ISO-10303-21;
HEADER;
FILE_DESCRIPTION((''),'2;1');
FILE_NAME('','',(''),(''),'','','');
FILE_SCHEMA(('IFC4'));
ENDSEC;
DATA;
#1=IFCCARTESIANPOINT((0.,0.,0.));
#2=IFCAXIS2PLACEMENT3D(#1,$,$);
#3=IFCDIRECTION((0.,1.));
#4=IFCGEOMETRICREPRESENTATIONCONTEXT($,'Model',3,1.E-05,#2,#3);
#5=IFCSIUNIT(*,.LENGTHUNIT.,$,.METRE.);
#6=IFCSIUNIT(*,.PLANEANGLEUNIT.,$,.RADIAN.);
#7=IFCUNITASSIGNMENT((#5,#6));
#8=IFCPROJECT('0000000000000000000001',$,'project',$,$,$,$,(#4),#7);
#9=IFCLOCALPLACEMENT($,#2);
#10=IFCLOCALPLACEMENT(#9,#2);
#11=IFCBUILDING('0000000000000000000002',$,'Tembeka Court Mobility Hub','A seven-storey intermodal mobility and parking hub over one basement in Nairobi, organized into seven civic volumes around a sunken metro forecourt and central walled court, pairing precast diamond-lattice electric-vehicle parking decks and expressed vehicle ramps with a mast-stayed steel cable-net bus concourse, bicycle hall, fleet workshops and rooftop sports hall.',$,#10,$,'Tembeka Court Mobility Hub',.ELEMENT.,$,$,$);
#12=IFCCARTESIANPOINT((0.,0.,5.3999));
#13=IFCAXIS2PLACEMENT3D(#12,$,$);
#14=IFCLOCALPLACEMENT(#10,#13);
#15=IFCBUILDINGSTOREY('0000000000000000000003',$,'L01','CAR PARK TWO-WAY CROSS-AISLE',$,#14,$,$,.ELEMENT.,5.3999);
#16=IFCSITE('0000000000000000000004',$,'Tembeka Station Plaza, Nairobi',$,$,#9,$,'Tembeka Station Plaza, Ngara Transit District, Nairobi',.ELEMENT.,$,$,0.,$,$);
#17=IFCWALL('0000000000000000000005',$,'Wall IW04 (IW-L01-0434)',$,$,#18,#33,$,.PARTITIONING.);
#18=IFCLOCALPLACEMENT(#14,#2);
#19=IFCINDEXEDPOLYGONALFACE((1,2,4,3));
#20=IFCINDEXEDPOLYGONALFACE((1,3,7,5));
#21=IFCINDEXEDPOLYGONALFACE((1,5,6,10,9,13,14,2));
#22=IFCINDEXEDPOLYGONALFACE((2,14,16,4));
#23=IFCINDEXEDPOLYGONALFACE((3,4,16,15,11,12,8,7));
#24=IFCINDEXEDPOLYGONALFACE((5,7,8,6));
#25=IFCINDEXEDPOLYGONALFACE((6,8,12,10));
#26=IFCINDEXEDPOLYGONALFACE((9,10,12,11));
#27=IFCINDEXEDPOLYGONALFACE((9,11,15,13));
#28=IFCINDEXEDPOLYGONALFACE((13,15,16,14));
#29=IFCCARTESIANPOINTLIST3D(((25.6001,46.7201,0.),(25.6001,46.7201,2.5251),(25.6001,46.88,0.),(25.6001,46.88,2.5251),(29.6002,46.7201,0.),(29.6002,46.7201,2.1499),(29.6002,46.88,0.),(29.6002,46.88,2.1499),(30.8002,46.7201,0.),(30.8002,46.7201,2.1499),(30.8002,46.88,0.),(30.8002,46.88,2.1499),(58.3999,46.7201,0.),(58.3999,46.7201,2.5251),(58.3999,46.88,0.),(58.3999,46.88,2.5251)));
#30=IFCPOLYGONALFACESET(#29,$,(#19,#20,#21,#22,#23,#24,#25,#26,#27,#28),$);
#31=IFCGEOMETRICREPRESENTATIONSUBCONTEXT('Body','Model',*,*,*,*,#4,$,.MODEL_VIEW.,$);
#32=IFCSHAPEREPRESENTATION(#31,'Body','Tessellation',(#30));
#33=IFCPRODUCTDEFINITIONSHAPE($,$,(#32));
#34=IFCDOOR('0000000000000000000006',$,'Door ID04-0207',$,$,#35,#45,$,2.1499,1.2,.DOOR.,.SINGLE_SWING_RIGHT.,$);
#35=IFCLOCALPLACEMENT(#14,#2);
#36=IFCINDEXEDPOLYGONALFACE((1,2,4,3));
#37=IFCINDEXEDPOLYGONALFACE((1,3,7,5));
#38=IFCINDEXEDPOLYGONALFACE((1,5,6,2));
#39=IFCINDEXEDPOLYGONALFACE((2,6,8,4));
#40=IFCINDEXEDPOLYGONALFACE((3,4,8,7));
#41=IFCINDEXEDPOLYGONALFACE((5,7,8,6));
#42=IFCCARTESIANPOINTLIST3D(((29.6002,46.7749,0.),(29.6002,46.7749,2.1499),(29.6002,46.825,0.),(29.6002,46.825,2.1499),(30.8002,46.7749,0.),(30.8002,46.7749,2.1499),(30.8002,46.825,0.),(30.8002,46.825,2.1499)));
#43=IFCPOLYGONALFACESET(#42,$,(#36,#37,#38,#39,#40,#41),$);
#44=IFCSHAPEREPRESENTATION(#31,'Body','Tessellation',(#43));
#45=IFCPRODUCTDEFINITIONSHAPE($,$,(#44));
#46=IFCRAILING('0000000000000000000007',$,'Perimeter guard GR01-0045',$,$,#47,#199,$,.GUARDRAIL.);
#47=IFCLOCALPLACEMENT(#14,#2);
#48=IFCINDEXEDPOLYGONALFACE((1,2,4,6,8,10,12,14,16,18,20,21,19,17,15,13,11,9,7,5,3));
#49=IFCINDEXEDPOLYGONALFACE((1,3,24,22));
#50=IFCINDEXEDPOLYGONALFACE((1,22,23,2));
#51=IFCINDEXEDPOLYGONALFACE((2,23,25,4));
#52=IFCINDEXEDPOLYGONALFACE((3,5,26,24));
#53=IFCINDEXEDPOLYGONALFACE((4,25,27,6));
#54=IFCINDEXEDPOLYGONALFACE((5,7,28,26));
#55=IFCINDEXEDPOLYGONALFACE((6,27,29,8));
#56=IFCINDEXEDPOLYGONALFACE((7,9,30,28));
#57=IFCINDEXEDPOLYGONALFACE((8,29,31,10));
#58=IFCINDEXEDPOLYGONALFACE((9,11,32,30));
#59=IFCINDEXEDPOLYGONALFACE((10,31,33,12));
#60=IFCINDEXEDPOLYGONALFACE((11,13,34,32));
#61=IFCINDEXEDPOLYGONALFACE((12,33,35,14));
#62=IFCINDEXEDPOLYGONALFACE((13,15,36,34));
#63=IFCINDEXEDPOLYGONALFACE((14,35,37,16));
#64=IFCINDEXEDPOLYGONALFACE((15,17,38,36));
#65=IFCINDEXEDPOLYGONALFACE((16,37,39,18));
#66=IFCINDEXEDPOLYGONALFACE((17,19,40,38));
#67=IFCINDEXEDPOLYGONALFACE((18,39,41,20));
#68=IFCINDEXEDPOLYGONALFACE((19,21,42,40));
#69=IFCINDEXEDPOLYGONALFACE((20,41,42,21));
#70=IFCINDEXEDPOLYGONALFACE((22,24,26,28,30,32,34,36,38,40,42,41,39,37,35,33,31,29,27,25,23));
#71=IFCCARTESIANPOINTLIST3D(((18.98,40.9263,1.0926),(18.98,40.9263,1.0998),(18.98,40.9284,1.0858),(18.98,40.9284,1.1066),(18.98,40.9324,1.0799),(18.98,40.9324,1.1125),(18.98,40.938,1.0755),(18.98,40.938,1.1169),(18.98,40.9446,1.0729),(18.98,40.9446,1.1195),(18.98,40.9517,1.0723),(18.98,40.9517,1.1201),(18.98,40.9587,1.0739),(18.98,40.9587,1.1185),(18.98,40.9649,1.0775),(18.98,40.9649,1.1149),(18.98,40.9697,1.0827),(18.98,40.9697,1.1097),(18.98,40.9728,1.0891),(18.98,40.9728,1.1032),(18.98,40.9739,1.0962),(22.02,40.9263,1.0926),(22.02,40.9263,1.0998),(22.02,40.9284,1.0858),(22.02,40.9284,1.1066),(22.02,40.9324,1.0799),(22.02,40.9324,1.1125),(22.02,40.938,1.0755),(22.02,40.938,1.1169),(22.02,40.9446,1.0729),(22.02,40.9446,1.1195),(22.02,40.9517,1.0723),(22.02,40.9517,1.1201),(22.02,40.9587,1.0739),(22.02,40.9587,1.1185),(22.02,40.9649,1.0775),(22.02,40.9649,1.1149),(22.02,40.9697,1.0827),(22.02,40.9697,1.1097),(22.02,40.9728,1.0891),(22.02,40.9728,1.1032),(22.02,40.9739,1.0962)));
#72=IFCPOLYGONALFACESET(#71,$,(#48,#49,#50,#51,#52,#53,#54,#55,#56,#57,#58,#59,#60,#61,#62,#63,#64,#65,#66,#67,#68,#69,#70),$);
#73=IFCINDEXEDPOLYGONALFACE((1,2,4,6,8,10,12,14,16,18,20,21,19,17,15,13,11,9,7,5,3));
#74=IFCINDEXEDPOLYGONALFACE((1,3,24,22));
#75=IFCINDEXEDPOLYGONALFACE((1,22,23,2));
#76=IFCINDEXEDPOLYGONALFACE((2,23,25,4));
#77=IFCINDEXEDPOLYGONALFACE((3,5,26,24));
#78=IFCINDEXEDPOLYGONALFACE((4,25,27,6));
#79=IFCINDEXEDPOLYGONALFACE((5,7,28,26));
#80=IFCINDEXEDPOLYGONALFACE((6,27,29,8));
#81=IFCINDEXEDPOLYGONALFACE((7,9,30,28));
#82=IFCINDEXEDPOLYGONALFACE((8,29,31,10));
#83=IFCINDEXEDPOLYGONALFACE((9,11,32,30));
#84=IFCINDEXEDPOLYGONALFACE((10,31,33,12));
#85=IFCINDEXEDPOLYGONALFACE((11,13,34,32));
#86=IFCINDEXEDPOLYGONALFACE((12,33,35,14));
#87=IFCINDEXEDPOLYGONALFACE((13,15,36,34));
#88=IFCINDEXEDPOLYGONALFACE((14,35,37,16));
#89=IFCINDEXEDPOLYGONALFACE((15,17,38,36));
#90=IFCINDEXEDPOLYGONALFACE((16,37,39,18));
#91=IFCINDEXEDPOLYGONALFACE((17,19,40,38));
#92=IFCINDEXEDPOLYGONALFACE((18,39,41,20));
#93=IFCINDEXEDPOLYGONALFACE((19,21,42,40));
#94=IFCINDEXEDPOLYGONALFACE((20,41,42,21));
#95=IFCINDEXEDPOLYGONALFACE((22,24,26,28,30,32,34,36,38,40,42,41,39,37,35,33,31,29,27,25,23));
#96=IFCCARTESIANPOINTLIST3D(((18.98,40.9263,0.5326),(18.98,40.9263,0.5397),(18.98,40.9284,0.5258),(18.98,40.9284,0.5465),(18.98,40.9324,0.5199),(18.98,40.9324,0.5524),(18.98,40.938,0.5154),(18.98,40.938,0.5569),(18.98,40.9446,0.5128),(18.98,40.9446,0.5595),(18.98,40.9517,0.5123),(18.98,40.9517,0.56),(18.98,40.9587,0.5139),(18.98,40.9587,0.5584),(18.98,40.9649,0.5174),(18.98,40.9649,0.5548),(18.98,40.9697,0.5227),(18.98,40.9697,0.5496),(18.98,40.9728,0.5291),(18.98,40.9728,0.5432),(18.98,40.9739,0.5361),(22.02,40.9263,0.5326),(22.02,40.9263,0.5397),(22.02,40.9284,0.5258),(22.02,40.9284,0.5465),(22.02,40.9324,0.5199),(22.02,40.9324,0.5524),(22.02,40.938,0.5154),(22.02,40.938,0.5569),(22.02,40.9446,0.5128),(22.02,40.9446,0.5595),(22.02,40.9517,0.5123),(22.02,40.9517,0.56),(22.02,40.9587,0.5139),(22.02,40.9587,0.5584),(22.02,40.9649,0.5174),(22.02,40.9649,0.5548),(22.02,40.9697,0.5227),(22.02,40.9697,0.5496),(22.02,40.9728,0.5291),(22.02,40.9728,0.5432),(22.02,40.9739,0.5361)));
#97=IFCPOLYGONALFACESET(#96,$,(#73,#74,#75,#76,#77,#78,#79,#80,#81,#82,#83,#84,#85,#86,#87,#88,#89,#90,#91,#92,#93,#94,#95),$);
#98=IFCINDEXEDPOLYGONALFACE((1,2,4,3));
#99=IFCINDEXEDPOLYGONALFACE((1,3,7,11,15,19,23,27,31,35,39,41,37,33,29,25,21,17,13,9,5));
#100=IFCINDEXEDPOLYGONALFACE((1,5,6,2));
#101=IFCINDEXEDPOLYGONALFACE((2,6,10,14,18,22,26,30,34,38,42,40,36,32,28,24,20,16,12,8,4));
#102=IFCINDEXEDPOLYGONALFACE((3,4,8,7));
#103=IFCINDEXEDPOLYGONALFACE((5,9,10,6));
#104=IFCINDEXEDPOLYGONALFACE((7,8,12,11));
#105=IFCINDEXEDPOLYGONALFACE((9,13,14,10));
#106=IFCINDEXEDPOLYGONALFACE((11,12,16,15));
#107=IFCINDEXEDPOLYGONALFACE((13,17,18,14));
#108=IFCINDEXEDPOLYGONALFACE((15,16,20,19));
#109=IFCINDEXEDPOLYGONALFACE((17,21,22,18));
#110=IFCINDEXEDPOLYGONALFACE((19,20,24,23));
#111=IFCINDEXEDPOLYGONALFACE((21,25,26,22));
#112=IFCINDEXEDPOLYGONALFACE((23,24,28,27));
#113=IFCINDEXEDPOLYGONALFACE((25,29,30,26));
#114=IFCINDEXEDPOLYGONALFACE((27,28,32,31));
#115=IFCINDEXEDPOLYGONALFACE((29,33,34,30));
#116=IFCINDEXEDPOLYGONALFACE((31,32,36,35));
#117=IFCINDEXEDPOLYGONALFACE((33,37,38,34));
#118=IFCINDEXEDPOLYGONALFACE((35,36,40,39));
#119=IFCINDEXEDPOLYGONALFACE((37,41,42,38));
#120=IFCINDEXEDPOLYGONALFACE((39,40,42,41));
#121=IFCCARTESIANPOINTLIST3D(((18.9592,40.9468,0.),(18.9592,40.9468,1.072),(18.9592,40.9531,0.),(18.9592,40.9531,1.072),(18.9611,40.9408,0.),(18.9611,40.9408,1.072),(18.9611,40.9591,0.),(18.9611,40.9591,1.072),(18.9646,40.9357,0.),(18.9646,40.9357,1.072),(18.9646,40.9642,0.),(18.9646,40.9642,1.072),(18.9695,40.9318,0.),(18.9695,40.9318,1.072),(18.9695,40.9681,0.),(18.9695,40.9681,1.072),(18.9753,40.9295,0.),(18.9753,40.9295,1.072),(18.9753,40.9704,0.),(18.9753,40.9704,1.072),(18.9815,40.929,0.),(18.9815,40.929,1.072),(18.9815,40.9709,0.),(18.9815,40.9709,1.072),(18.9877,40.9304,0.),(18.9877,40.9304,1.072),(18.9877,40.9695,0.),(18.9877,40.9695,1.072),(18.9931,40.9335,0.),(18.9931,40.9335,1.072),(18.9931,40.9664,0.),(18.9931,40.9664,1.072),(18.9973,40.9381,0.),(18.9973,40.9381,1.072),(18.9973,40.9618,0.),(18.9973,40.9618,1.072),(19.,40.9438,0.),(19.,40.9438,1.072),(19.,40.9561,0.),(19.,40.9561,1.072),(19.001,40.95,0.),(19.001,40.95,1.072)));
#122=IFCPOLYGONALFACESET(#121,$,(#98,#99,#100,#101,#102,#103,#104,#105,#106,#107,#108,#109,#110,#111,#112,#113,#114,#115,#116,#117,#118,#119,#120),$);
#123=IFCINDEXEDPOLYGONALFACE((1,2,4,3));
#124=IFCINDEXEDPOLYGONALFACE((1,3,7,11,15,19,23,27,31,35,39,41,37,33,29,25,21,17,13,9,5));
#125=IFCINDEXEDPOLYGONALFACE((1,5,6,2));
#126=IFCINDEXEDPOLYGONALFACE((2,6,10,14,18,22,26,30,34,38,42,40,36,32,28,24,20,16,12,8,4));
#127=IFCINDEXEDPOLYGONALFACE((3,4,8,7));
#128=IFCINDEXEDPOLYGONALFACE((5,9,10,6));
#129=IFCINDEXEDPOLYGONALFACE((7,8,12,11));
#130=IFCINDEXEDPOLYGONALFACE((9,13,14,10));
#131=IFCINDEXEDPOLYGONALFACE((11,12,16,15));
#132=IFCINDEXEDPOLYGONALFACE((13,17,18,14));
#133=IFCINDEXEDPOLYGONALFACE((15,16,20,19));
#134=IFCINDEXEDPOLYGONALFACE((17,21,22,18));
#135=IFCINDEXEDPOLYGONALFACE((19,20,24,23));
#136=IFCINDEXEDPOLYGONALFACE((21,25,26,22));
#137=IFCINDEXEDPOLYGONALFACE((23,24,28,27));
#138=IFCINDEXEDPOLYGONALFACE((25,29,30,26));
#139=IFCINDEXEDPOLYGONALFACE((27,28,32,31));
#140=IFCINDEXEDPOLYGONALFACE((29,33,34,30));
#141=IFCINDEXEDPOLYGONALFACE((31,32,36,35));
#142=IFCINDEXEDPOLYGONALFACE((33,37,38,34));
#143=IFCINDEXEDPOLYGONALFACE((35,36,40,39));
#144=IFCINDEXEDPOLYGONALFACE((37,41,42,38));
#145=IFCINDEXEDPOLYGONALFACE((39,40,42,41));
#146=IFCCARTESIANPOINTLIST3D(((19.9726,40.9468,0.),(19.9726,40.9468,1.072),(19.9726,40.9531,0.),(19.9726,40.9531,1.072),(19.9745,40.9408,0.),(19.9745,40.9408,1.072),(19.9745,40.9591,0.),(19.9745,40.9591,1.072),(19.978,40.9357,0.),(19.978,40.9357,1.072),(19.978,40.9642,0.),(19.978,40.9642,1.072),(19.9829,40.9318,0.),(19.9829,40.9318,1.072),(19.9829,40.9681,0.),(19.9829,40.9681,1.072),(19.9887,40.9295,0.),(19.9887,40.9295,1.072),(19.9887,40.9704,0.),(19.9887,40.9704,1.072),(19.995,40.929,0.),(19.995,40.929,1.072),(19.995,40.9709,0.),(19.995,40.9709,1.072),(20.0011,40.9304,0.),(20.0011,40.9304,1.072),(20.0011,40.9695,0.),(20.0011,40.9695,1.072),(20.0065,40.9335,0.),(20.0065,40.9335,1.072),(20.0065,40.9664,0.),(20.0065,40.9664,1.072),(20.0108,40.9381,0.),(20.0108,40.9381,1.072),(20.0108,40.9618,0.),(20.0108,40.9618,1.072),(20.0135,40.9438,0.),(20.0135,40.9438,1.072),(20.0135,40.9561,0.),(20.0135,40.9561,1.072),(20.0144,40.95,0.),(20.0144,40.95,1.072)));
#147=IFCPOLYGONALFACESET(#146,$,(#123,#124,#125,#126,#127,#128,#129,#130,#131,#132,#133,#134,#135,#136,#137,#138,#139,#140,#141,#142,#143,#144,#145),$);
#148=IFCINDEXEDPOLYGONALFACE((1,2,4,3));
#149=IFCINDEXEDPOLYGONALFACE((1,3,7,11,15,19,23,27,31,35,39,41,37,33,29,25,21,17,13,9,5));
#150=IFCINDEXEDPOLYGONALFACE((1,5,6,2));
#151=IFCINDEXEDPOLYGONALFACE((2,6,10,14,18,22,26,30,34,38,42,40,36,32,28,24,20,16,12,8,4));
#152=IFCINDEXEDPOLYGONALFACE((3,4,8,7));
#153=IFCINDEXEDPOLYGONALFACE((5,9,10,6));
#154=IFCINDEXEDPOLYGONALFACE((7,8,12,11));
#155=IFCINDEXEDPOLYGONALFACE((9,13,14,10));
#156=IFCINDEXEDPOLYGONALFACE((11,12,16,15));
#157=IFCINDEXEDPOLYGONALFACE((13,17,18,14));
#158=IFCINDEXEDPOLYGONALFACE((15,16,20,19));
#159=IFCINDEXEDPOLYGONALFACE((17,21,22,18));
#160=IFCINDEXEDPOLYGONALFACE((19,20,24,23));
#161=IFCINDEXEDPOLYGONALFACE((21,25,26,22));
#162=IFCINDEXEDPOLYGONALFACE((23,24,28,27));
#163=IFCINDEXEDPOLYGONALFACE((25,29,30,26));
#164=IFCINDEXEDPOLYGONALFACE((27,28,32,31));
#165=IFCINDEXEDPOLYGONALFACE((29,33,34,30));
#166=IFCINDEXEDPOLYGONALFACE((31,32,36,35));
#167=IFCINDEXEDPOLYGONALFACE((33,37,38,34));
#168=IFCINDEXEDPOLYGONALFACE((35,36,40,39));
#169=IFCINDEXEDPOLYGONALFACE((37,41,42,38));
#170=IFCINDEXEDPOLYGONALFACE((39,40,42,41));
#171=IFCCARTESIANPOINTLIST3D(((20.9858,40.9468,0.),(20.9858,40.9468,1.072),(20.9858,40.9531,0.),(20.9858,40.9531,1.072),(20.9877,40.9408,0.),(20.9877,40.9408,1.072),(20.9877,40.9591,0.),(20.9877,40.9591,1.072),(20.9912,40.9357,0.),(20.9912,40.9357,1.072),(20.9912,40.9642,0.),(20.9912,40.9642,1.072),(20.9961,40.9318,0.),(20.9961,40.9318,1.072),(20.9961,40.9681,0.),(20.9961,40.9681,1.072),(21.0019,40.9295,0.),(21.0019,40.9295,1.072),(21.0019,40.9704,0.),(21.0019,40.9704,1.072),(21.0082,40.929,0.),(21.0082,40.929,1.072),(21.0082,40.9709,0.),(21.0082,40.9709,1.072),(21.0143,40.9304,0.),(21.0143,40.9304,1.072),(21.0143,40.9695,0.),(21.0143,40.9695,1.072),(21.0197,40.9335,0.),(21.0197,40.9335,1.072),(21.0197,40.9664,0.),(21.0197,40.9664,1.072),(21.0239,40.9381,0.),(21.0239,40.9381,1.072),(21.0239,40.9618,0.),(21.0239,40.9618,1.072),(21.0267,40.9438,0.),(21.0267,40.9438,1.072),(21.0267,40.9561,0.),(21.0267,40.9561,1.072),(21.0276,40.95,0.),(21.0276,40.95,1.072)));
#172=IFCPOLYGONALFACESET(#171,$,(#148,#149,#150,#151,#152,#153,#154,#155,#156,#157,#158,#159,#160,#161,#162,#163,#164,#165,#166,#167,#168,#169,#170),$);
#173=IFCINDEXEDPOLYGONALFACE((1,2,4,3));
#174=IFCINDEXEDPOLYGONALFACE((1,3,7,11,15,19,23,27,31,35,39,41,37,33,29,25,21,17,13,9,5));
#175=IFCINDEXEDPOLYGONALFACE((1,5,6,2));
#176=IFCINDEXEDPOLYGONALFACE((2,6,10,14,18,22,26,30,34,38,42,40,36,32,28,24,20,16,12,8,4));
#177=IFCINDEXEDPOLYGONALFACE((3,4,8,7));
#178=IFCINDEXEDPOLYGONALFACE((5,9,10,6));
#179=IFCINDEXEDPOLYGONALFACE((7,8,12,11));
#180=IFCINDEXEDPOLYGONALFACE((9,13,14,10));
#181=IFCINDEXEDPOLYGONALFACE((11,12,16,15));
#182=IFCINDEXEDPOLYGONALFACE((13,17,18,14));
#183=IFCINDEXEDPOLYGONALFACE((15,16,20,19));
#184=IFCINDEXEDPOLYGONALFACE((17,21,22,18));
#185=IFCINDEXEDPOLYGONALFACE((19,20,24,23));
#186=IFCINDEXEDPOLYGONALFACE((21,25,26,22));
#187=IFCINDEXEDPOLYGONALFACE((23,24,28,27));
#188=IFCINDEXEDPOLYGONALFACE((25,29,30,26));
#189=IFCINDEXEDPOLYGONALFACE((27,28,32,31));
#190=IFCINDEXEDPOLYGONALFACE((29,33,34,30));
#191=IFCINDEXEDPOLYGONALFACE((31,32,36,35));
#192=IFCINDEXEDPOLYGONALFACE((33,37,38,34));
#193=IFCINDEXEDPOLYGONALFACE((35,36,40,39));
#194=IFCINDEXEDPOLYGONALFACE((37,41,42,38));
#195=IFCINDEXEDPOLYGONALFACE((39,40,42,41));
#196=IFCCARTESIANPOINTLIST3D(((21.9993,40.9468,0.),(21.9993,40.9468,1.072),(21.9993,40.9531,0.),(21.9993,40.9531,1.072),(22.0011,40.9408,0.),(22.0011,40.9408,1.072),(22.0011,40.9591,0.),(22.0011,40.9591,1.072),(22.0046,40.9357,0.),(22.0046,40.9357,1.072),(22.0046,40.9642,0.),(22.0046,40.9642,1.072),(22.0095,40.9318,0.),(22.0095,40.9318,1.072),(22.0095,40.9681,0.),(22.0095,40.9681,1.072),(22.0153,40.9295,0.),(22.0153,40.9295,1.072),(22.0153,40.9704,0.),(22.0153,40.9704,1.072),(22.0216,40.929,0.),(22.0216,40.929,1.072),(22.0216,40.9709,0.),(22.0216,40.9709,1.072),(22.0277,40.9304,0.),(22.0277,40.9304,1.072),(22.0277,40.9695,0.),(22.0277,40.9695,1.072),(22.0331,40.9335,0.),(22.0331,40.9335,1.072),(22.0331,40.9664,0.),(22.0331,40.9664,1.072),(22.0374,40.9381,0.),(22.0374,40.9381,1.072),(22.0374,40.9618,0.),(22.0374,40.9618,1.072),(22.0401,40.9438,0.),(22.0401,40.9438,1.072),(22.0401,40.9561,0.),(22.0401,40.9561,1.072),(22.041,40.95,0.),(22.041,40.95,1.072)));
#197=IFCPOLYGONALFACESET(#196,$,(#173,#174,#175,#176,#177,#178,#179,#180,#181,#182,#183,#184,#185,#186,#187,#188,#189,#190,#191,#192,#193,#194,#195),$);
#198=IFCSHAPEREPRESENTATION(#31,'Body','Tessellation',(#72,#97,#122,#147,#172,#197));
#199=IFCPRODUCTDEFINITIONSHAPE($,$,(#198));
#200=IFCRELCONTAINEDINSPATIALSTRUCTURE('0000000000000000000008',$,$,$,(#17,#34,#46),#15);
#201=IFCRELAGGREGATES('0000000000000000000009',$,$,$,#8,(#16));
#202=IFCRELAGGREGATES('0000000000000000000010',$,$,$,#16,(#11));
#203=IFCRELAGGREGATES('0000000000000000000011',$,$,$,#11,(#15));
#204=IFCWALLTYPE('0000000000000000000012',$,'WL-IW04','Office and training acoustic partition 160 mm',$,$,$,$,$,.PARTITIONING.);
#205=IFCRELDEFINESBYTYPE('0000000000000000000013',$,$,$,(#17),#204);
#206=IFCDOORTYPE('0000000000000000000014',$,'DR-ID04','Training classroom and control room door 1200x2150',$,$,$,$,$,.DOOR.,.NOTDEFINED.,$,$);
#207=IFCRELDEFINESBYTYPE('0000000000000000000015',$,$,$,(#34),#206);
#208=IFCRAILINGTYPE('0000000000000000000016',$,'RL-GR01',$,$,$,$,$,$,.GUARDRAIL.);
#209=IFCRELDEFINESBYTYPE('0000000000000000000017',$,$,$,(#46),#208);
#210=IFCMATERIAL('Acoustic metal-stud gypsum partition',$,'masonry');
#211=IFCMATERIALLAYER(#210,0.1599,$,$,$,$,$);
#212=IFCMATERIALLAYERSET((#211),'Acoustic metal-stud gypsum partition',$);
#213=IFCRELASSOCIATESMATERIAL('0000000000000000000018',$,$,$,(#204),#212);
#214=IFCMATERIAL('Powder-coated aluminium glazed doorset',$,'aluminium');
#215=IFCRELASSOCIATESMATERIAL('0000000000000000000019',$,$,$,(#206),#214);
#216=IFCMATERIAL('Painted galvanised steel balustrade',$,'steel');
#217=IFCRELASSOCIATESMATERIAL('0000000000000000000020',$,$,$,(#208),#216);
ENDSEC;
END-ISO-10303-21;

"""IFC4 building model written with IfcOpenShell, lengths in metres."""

from ifc_helpers import new_model, si_unit, direction, frame, frame_2d, origin, origin_2d, place, context, subcontext, project, spatial, rectangle, circle, extrude, material, layer, layer_set, type_object, element, fill, save


model = new_model("IFC4")

# Units and contexts
model_context = context("Model", 3, precision=1e-05, world=origin(), true_north=direction((0.0, 1.0)))
body_context = subcontext(model_context, "Body", "Model", "MODEL_VIEW")
ifc_project = project(units=[si_unit("LENGTHUNIT", "METRE"), si_unit("PLANEANGLEUNIT", "RADIAN")], contexts=[model_context])

# Site, building, storey
site_placement = place(None, origin())
site = spatial("IfcSite", under=ifc_project, at=site_placement, Name="Tembeka Station Plaza, Nairobi", LongName="Tembeka Station Plaza, Ngara Transit District, Nairobi", CompositionType="ELEMENT", RefElevation=0.0)
building_placement = place(site_placement, origin())
building = spatial("IfcBuilding", under=site, at=building_placement, Name="Tembeka Court Mobility Hub", Description="A seven-storey intermodal mobility and parking hub over one basement in Nairobi, organized into seven civic volumes around a sunken metro forecourt and central walled court, pairing precast diamond-lattice electric-vehicle parking decks and expressed vehicle ramps with a mast-stayed steel cable-net bus concourse, bicycle hall, fleet workshops and rooftop sports hall.", LongName="Tembeka Court Mobility Hub", CompositionType="ELEMENT")
storey_placement = place(building_placement, frame((0.0, 0.0, 5.3999)))
storey = spatial("IfcBuildingStorey", under=building, at=storey_placement, Name="L01", Description="CAR PARK TWO-WAY CROSS-AISLE", CompositionType="ELEMENT", Elevation=5.3999)

# Wall, opening, door
ifc_material_1 = material(Name="Acoustic metal-stud gypsum partition", Category="masonry")
ifc_layer = layer(ifc_material_1, 0.1599)
ifc_layer_set = layer_set([ifc_layer], Name="Acoustic metal-stud gypsum partition")
wall_type = type_object("IfcWallType", Name="WL-IW04", Description="Office and training acoustic partition 160 mm", PredefinedType="PARTITIONING", material=ifc_layer_set)
wall_placement = place(storey_placement, frame((25.6001, 46.8, 0.0), z_axis=(0.0, 0.0, 1.0), x_axis=(1.0, 0.0, 0.0)))
wall = element("IfcWall", 1, at=wall_placement, inside=storey, type_object=wall_type, Name="Wall IW04 (IW-L01-0434)", PredefinedType="PARTITIONING", context=body_context, shape_type="SweptSolid", body=[
    extrude(rectangle(XDim=32.7998, YDim=0.1599, at=frame_2d((16.3999, 0.0))), origin(), (0.0, 0.0, 1.0), 2.5251),
])
opening_placement = place(wall_placement, frame((4.0, 0.0, 0.0)))
opening = element("IfcOpeningElement", 2, at=opening_placement, cuts=wall, PredefinedType="OPENING", context=body_context, shape_type="SweptSolid", body=[
    extrude(rectangle(XDim=1.2, YDim=2.1499, at=frame_2d((0.6001, 1.075))), frame((0.0, 0.0898, 0.0), z_axis=(0.0, -1.0, 0.0), x_axis=(1.0, 0.0, 0.0)), (0.0, 0.0, 1.0), 0.1799),
])
ifc_material_2 = material(Name="Powder-coated aluminium glazed doorset", Category="aluminium")
door_type = type_object("IfcDoorType", Name="DR-ID04", Description="Training classroom and control room door 1200x2150", OperationType="NOTDEFINED", PredefinedType="DOOR", material=ifc_material_2)
door_placement = place(opening_placement, origin())
door = element("IfcDoor", 3, at=door_placement, inside=storey, type_object=door_type, Name="Door ID04-0207", OperationType="SINGLE_SWING_RIGHT", OverallHeight=2.1499, OverallWidth=1.2, PredefinedType="DOOR", context=body_context, shape_type="SweptSolid", body=[
    extrude(rectangle(XDim=1.2, YDim=2.1499, at=frame_2d((0.6001, 1.075))), frame((0.0, 0.0249, 0.0), z_axis=(0.0, -1.0, 0.0), x_axis=(1.0, 0.0, 0.0)), (0.0, 0.0, 1.0), 0.05),
])
fill(opening, door)

# Railing
ifc_material_3 = material(Name="Painted galvanised steel balustrade", Category="steel")
railing_type_1 = type_object("IfcRailingType", Name="RL-GR01", PredefinedType="GUARDRAIL", material=ifc_material_3)
railing_1_placement = place(storey_placement, frame((18.98, 40.95, 0.0)))
element("IfcRailing", 4, at=railing_1_placement, inside=storey, type_object=railing_type_1, Name="Perimeter guard GR01-0045", PredefinedType="GUARDRAIL", context=body_context, shape_type="SweptSolid", body=[
    extrude(circle(Radius=0.0239, at=origin_2d()), frame((0.0, 0.0, 1.0962), z_axis=(1.0, 0.0, 0.0), x_axis=(0.0, 1.0, 0.0)), (0.0, 0.0, 1.0), 3.04),
    extrude(circle(Radius=0.0239, at=origin_2d()), frame((0.0, 0.0, 0.5361), z_axis=(1.0, 0.0, 0.0), x_axis=(0.0, 1.0, 0.0)), (0.0, 0.0, 1.0), 3.04),
    extrude(circle(Radius=0.021, at=origin_2d()), origin(), (0.0, 0.0, 1.0), 1.072),
    extrude(circle(Radius=0.021, at=origin_2d()), frame((1.0134, 0.0, 0.0)), (0.0, 0.0, 1.0), 1.072),
    extrude(circle(Radius=0.021, at=origin_2d()), frame((2.0266, 0.0, 0.0)), (0.0, 0.0, 1.0), 1.072),
    extrude(circle(Radius=0.021, at=origin_2d()), frame((3.04, 0.0, 0.0)), (0.0, 0.0, 1.0), 1.072),
])

save(model, "model.ifc")
